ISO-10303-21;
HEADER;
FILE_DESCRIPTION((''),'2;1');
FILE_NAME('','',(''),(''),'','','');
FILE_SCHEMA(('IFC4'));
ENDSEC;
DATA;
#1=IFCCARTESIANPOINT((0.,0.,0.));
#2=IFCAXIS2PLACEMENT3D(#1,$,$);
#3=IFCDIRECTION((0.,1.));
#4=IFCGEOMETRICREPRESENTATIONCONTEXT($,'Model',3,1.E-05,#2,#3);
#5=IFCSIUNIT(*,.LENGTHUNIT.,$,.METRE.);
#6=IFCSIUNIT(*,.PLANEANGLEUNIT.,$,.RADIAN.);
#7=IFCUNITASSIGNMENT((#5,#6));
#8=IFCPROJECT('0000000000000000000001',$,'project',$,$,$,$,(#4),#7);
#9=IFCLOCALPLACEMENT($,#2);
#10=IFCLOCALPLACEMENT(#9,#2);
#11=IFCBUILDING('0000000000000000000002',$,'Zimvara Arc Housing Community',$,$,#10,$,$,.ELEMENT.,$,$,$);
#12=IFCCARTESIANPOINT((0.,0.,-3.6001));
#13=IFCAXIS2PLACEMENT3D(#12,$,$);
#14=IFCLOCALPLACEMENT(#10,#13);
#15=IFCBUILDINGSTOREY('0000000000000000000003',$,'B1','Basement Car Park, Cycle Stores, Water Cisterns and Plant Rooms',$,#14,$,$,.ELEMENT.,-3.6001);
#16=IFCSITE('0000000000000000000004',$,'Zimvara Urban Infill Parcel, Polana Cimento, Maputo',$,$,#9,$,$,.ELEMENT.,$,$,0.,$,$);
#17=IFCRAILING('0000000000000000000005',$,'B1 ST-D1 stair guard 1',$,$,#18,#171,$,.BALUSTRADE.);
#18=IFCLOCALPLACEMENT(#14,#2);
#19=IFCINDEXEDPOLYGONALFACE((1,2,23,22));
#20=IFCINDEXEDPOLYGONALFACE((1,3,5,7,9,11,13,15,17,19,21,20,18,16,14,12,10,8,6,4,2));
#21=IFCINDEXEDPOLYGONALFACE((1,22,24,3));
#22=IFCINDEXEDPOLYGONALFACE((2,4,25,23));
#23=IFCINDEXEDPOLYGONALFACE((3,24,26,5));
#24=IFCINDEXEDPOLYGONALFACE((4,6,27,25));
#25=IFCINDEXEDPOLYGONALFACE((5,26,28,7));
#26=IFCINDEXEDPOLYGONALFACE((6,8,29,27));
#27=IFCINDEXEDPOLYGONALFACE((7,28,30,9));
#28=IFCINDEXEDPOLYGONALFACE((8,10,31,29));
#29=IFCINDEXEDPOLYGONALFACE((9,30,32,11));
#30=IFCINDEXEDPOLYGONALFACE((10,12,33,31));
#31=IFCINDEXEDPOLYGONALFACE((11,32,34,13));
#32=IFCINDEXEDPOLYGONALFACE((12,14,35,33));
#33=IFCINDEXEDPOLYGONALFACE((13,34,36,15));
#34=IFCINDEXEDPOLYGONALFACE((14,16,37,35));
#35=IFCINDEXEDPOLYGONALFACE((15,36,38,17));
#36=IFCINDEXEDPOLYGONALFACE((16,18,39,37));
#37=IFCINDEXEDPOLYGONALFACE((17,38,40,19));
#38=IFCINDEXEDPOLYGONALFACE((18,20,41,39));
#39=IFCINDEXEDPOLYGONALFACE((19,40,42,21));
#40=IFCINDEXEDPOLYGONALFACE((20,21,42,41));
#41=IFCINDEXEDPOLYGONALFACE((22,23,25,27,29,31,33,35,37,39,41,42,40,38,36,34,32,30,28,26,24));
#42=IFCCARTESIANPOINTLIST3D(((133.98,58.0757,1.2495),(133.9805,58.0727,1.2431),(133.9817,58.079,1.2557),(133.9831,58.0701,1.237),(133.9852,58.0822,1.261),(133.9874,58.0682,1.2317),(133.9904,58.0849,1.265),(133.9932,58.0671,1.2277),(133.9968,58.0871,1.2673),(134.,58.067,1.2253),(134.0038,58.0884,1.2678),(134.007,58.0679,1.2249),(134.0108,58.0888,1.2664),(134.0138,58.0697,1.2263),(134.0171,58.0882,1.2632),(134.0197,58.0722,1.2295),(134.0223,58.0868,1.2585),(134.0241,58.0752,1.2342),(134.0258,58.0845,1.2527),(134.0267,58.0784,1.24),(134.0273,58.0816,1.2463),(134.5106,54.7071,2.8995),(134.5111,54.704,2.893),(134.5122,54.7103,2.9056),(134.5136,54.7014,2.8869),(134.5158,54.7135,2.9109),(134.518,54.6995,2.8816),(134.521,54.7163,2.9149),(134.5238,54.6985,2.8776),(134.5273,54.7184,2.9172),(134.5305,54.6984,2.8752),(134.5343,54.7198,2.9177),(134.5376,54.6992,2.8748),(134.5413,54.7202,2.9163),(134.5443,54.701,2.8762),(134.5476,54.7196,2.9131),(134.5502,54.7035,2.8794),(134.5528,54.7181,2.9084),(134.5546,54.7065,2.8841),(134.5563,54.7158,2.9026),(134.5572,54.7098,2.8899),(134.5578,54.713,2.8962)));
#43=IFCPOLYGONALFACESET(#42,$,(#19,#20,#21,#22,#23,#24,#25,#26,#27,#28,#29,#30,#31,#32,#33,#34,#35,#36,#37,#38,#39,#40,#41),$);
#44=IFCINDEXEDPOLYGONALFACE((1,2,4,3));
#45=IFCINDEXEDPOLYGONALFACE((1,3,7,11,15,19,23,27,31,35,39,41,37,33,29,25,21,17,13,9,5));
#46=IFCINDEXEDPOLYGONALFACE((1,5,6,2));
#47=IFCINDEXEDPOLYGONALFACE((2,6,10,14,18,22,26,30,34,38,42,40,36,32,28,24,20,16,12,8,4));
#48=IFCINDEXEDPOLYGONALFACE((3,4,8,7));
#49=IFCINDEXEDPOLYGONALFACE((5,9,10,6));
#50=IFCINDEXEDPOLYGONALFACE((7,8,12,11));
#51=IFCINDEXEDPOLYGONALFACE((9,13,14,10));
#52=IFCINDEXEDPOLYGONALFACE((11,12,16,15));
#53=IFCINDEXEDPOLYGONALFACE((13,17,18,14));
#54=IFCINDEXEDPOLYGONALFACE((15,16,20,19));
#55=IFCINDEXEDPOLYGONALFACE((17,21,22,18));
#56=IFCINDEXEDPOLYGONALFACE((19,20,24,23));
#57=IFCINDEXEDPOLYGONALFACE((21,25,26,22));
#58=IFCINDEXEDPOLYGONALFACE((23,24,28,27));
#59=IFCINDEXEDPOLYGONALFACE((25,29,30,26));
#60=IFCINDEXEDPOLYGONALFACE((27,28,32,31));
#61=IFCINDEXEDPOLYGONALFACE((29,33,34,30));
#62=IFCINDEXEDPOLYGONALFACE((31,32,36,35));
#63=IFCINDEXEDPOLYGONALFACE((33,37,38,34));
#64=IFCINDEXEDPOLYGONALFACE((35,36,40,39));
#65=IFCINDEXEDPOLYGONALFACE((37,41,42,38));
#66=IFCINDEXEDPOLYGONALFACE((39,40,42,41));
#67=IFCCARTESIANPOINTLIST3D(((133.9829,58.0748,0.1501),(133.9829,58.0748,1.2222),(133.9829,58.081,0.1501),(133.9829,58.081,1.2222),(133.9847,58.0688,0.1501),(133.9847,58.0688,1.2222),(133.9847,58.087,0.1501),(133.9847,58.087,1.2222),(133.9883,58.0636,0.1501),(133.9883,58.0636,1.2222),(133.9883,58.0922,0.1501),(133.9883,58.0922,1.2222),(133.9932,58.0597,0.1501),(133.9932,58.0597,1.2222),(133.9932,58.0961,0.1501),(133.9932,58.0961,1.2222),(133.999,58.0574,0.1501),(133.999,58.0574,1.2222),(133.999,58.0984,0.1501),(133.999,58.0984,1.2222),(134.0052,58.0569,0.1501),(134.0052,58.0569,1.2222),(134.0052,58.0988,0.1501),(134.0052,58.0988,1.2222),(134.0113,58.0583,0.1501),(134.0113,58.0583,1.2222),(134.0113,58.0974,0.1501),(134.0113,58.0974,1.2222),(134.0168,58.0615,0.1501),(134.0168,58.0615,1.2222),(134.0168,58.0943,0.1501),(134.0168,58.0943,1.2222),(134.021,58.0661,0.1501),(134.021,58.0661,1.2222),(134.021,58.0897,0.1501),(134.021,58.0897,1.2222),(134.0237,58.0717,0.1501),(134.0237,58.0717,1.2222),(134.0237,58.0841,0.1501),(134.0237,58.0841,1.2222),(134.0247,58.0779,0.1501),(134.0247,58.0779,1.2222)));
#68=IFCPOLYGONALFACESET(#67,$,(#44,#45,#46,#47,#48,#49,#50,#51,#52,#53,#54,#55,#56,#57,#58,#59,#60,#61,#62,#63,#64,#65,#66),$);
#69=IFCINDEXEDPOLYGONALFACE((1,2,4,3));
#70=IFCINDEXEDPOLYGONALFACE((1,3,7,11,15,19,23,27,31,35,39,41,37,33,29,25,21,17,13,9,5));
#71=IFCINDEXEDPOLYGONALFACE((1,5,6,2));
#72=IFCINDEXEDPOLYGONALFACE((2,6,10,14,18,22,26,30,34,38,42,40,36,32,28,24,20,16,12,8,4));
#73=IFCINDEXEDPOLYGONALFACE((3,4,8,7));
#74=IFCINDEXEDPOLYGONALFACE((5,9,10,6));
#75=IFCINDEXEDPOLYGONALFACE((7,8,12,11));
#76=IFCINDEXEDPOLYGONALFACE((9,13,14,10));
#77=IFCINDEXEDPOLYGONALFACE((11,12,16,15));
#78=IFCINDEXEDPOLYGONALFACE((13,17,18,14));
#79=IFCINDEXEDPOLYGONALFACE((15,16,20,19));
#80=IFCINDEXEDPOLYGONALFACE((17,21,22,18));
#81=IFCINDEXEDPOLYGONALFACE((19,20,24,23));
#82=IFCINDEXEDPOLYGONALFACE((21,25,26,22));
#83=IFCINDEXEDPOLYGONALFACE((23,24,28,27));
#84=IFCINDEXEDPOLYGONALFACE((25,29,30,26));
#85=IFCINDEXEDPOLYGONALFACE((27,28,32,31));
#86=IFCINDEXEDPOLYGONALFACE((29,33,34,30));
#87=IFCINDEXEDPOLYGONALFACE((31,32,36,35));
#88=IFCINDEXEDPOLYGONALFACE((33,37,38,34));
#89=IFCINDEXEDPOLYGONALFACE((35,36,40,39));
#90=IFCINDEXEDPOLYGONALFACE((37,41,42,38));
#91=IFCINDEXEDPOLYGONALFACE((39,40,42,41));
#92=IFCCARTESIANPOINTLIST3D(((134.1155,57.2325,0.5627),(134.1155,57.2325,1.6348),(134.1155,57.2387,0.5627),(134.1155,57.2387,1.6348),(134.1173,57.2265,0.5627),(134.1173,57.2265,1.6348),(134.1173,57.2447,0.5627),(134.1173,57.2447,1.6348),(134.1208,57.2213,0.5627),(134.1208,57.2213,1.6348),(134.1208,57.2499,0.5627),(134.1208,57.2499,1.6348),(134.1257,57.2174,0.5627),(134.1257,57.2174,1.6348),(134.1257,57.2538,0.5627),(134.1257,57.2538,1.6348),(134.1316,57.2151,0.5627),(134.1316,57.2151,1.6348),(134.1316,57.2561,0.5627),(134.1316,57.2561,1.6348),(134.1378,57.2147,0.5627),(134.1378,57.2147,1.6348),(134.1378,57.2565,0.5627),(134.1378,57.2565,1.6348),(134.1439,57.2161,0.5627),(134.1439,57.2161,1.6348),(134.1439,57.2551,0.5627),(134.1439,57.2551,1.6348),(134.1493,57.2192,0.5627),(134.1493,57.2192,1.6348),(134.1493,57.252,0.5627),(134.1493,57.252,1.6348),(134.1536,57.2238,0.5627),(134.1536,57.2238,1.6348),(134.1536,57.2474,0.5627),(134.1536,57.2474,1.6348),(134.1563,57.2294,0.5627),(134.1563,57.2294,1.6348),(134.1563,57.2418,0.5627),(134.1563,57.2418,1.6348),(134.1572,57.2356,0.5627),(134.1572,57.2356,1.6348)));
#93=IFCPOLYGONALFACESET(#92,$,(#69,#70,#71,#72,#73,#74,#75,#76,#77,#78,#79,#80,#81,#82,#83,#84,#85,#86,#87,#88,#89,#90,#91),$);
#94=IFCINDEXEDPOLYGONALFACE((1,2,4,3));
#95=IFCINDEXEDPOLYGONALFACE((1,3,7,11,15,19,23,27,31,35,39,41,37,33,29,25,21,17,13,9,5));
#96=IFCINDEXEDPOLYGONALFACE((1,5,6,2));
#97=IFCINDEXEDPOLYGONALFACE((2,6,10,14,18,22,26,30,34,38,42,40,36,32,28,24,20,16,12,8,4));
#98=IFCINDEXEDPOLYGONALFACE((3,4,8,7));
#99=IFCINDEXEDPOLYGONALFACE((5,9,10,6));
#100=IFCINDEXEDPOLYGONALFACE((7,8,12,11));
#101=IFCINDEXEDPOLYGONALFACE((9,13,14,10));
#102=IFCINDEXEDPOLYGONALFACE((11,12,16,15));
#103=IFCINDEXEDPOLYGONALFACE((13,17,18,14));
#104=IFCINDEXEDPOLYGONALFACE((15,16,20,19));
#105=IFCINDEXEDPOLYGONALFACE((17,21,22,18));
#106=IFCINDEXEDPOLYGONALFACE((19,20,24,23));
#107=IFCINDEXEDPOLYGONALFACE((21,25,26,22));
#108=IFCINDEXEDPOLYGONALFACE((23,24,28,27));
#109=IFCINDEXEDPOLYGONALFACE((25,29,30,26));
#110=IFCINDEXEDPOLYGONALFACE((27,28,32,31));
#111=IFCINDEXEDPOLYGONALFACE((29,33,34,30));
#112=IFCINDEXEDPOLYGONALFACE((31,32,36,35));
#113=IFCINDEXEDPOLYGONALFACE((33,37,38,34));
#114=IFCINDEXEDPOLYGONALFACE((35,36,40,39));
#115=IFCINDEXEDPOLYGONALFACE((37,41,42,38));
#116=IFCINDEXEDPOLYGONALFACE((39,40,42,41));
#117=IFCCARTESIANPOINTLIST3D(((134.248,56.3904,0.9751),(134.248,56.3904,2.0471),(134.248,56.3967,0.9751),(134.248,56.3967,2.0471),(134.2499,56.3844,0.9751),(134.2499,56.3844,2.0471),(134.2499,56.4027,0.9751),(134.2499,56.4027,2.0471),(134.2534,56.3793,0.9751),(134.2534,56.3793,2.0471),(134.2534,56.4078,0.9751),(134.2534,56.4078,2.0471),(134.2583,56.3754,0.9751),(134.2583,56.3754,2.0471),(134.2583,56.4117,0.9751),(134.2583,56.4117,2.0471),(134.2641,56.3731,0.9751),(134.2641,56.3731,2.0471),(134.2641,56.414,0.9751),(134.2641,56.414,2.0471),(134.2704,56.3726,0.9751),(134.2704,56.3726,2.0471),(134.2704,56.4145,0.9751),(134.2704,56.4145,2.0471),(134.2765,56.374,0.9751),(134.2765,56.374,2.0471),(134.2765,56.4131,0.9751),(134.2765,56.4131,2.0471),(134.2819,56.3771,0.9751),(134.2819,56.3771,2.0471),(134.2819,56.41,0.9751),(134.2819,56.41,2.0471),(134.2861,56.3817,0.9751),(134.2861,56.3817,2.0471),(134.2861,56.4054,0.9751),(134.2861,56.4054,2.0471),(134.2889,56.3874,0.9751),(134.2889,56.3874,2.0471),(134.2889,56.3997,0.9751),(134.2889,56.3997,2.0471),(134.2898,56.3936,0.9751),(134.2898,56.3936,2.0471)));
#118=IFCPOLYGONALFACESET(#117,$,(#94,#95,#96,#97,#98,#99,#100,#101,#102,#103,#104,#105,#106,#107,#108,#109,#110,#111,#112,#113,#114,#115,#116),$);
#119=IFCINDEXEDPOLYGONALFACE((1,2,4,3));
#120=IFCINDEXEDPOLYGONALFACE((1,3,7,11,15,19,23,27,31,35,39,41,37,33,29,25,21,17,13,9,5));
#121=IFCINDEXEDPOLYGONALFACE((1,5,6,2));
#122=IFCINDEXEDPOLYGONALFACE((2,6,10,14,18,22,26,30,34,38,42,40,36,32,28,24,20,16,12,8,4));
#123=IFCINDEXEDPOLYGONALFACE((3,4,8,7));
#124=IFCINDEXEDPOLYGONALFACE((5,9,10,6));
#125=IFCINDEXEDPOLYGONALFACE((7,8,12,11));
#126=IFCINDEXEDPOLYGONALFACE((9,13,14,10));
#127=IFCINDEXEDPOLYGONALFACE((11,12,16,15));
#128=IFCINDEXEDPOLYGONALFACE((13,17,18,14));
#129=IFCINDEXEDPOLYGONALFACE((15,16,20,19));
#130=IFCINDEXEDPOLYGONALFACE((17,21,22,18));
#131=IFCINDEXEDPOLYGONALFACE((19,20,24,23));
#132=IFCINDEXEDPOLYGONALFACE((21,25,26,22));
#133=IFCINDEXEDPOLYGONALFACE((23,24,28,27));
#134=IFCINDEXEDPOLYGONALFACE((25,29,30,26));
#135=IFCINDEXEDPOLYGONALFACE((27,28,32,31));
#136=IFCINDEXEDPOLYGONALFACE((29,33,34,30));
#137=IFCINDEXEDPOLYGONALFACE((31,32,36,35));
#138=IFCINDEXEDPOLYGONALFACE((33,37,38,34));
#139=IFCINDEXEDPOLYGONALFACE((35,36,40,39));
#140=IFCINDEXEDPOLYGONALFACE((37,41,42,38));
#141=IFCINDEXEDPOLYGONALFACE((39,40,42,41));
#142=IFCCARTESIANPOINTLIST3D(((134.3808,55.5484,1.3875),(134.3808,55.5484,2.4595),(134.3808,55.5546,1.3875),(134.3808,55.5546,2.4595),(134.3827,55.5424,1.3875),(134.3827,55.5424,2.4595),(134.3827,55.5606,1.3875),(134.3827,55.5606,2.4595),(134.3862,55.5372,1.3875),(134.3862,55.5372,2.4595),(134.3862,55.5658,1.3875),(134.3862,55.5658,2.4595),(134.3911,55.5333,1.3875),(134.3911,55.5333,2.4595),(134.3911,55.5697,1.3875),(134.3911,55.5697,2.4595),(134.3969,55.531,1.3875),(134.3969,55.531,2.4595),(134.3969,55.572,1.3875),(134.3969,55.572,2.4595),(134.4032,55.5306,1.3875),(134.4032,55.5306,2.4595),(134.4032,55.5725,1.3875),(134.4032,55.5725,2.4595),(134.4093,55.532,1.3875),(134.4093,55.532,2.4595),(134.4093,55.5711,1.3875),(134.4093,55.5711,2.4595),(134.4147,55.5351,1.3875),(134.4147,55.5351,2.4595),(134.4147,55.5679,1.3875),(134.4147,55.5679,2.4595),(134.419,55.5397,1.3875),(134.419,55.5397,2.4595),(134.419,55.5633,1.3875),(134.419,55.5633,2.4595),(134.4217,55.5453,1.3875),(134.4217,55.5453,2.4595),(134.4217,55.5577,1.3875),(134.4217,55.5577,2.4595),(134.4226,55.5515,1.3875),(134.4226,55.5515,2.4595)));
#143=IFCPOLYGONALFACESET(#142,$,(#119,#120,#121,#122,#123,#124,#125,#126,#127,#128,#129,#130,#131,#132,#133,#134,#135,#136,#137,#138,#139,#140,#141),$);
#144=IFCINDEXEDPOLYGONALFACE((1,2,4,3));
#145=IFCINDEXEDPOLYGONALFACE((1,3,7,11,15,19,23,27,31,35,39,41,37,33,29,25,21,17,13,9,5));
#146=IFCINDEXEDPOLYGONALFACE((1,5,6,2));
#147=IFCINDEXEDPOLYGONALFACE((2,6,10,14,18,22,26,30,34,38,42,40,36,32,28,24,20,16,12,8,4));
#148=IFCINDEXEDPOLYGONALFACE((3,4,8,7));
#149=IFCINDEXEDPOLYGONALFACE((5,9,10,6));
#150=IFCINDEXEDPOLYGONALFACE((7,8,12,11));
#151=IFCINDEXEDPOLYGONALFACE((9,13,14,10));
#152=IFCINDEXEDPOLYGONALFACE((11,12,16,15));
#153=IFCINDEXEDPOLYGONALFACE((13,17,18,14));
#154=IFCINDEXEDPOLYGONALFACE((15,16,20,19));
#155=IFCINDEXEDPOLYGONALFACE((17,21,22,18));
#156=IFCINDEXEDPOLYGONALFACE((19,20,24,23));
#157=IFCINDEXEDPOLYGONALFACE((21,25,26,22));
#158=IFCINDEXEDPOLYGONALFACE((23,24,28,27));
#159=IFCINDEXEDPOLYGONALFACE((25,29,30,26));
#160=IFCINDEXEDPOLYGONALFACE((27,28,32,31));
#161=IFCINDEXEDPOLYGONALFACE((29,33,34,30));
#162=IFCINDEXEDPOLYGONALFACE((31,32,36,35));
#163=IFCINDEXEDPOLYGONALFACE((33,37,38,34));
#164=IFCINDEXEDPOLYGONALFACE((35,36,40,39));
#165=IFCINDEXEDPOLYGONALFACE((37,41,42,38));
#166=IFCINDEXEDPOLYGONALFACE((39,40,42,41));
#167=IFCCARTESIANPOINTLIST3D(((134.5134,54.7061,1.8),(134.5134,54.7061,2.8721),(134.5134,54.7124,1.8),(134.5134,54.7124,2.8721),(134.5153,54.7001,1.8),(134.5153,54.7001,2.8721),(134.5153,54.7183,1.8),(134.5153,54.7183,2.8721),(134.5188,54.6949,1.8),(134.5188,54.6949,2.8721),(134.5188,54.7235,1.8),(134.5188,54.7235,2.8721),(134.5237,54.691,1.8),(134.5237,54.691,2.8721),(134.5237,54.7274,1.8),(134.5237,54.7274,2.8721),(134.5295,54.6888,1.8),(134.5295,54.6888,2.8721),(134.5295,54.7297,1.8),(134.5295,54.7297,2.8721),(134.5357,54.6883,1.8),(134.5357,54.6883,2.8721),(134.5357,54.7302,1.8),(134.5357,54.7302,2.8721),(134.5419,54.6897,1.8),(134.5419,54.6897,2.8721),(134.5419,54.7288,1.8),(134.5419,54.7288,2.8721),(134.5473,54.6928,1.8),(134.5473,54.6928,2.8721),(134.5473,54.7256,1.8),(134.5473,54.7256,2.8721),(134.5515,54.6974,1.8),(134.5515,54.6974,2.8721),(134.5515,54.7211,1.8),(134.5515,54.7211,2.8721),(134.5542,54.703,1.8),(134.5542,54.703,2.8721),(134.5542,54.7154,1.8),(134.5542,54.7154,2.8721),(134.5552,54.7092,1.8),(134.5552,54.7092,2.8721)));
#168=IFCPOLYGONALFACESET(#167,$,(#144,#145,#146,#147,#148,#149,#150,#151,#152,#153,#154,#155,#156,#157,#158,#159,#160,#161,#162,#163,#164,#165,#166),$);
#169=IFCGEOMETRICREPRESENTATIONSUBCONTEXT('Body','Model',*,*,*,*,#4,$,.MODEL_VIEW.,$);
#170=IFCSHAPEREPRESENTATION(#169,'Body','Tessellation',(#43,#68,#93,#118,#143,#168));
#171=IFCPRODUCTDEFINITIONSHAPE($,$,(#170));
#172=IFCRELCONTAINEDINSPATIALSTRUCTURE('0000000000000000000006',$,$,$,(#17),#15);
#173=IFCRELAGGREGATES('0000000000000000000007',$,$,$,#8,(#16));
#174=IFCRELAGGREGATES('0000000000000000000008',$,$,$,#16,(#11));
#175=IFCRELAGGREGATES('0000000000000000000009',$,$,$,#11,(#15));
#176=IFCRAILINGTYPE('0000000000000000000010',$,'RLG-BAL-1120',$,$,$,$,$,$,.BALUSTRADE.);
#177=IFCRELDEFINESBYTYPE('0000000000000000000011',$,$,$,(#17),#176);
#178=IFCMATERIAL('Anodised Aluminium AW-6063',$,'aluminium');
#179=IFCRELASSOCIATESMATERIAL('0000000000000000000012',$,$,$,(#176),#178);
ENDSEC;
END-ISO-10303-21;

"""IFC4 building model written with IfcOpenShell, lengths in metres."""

from ifc_helpers import new_model, si_unit, direction, frame, origin, origin_2d, place, context, subcontext, project, spatial, circle, extrude, material, type_object, element, save


model = new_model("IFC4")

# Units and contexts
model_context = context("Model", 3, precision=1e-05, world=origin(), true_north=direction((0.0, 1.0)))
body_context = subcontext(model_context, "Body", "Model", "MODEL_VIEW")
ifc_project = project(units=[si_unit("LENGTHUNIT", "METRE"), si_unit("PLANEANGLEUNIT", "RADIAN")], contexts=[model_context])

# Site, building, storey
site_placement = place(None, origin())
site = spatial("IfcSite", under=ifc_project, at=site_placement, Name="Zimvara Urban Infill Parcel, Polana Cimento, Maputo", CompositionType="ELEMENT", RefElevation=0.0)
building_placement = place(site_placement, origin())
building = spatial("IfcBuilding", under=site, at=building_placement, Name="Zimvara Arc Housing Community", CompositionType="ELEMENT")
storey_placement = place(building_placement, frame((0.0, 0.0, -3.6001)))
storey = spatial("IfcBuildingStorey", under=building, at=storey_placement, Name="B1", Description="Basement Car Park, Cycle Stores, Water Cisterns and Plant Rooms", CompositionType="ELEMENT", Elevation=-3.6001)

# Railing
ifc_material_1 = material(Name="Anodised Aluminium AW-6063", Category="aluminium")
railing_type_1 = type_object("IfcRailingType", Name="RLG-BAL-1120", PredefinedType="BALUSTRADE", material=ifc_material_1)
railing_1_placement = place(storey_placement, frame((134.0037, 58.0779, 0.1501)))
element("IfcRailing", 1, at=railing_1_placement, inside=storey, type_object=railing_type_1, Name="B1 ST-D1 stair guard 1", PredefinedType="BALUSTRADE", context=body_context, shape_type="SweptSolid", body=[
    extrude(circle(Radius=0.0239, at=origin_2d()), frame((0.0, 0.0, 1.0962), z_axis=(0.14004, -0.889218, 0.435522), x_axis=(0.987825, 0.155569, 0.0)), (0.0, 0.0, 1.0), 3.7883),
    extrude(circle(Radius=0.021, at=origin_2d()), origin(), (0.0, 0.0, 1.0), 1.072),
    extrude(circle(Radius=0.021, at=origin_2d()), frame((0.1326, -0.8423, 0.4126)), (0.0, 0.0, 1.0), 1.072),
    extrude(circle(Radius=0.021, at=origin_2d()), frame((0.2651, -1.6843, 0.825)), (0.0, 0.0, 1.0), 1.072),
    extrude(circle(Radius=0.021, at=origin_2d()), frame((0.3979, -2.5264, 1.2373)), (0.0, 0.0, 1.0), 1.072),
    extrude(circle(Radius=0.021, at=origin_2d()), frame((0.5305, -3.3687, 1.6499)), (0.0, 0.0, 1.0), 1.072),
])

save(model, "model.ifc")
